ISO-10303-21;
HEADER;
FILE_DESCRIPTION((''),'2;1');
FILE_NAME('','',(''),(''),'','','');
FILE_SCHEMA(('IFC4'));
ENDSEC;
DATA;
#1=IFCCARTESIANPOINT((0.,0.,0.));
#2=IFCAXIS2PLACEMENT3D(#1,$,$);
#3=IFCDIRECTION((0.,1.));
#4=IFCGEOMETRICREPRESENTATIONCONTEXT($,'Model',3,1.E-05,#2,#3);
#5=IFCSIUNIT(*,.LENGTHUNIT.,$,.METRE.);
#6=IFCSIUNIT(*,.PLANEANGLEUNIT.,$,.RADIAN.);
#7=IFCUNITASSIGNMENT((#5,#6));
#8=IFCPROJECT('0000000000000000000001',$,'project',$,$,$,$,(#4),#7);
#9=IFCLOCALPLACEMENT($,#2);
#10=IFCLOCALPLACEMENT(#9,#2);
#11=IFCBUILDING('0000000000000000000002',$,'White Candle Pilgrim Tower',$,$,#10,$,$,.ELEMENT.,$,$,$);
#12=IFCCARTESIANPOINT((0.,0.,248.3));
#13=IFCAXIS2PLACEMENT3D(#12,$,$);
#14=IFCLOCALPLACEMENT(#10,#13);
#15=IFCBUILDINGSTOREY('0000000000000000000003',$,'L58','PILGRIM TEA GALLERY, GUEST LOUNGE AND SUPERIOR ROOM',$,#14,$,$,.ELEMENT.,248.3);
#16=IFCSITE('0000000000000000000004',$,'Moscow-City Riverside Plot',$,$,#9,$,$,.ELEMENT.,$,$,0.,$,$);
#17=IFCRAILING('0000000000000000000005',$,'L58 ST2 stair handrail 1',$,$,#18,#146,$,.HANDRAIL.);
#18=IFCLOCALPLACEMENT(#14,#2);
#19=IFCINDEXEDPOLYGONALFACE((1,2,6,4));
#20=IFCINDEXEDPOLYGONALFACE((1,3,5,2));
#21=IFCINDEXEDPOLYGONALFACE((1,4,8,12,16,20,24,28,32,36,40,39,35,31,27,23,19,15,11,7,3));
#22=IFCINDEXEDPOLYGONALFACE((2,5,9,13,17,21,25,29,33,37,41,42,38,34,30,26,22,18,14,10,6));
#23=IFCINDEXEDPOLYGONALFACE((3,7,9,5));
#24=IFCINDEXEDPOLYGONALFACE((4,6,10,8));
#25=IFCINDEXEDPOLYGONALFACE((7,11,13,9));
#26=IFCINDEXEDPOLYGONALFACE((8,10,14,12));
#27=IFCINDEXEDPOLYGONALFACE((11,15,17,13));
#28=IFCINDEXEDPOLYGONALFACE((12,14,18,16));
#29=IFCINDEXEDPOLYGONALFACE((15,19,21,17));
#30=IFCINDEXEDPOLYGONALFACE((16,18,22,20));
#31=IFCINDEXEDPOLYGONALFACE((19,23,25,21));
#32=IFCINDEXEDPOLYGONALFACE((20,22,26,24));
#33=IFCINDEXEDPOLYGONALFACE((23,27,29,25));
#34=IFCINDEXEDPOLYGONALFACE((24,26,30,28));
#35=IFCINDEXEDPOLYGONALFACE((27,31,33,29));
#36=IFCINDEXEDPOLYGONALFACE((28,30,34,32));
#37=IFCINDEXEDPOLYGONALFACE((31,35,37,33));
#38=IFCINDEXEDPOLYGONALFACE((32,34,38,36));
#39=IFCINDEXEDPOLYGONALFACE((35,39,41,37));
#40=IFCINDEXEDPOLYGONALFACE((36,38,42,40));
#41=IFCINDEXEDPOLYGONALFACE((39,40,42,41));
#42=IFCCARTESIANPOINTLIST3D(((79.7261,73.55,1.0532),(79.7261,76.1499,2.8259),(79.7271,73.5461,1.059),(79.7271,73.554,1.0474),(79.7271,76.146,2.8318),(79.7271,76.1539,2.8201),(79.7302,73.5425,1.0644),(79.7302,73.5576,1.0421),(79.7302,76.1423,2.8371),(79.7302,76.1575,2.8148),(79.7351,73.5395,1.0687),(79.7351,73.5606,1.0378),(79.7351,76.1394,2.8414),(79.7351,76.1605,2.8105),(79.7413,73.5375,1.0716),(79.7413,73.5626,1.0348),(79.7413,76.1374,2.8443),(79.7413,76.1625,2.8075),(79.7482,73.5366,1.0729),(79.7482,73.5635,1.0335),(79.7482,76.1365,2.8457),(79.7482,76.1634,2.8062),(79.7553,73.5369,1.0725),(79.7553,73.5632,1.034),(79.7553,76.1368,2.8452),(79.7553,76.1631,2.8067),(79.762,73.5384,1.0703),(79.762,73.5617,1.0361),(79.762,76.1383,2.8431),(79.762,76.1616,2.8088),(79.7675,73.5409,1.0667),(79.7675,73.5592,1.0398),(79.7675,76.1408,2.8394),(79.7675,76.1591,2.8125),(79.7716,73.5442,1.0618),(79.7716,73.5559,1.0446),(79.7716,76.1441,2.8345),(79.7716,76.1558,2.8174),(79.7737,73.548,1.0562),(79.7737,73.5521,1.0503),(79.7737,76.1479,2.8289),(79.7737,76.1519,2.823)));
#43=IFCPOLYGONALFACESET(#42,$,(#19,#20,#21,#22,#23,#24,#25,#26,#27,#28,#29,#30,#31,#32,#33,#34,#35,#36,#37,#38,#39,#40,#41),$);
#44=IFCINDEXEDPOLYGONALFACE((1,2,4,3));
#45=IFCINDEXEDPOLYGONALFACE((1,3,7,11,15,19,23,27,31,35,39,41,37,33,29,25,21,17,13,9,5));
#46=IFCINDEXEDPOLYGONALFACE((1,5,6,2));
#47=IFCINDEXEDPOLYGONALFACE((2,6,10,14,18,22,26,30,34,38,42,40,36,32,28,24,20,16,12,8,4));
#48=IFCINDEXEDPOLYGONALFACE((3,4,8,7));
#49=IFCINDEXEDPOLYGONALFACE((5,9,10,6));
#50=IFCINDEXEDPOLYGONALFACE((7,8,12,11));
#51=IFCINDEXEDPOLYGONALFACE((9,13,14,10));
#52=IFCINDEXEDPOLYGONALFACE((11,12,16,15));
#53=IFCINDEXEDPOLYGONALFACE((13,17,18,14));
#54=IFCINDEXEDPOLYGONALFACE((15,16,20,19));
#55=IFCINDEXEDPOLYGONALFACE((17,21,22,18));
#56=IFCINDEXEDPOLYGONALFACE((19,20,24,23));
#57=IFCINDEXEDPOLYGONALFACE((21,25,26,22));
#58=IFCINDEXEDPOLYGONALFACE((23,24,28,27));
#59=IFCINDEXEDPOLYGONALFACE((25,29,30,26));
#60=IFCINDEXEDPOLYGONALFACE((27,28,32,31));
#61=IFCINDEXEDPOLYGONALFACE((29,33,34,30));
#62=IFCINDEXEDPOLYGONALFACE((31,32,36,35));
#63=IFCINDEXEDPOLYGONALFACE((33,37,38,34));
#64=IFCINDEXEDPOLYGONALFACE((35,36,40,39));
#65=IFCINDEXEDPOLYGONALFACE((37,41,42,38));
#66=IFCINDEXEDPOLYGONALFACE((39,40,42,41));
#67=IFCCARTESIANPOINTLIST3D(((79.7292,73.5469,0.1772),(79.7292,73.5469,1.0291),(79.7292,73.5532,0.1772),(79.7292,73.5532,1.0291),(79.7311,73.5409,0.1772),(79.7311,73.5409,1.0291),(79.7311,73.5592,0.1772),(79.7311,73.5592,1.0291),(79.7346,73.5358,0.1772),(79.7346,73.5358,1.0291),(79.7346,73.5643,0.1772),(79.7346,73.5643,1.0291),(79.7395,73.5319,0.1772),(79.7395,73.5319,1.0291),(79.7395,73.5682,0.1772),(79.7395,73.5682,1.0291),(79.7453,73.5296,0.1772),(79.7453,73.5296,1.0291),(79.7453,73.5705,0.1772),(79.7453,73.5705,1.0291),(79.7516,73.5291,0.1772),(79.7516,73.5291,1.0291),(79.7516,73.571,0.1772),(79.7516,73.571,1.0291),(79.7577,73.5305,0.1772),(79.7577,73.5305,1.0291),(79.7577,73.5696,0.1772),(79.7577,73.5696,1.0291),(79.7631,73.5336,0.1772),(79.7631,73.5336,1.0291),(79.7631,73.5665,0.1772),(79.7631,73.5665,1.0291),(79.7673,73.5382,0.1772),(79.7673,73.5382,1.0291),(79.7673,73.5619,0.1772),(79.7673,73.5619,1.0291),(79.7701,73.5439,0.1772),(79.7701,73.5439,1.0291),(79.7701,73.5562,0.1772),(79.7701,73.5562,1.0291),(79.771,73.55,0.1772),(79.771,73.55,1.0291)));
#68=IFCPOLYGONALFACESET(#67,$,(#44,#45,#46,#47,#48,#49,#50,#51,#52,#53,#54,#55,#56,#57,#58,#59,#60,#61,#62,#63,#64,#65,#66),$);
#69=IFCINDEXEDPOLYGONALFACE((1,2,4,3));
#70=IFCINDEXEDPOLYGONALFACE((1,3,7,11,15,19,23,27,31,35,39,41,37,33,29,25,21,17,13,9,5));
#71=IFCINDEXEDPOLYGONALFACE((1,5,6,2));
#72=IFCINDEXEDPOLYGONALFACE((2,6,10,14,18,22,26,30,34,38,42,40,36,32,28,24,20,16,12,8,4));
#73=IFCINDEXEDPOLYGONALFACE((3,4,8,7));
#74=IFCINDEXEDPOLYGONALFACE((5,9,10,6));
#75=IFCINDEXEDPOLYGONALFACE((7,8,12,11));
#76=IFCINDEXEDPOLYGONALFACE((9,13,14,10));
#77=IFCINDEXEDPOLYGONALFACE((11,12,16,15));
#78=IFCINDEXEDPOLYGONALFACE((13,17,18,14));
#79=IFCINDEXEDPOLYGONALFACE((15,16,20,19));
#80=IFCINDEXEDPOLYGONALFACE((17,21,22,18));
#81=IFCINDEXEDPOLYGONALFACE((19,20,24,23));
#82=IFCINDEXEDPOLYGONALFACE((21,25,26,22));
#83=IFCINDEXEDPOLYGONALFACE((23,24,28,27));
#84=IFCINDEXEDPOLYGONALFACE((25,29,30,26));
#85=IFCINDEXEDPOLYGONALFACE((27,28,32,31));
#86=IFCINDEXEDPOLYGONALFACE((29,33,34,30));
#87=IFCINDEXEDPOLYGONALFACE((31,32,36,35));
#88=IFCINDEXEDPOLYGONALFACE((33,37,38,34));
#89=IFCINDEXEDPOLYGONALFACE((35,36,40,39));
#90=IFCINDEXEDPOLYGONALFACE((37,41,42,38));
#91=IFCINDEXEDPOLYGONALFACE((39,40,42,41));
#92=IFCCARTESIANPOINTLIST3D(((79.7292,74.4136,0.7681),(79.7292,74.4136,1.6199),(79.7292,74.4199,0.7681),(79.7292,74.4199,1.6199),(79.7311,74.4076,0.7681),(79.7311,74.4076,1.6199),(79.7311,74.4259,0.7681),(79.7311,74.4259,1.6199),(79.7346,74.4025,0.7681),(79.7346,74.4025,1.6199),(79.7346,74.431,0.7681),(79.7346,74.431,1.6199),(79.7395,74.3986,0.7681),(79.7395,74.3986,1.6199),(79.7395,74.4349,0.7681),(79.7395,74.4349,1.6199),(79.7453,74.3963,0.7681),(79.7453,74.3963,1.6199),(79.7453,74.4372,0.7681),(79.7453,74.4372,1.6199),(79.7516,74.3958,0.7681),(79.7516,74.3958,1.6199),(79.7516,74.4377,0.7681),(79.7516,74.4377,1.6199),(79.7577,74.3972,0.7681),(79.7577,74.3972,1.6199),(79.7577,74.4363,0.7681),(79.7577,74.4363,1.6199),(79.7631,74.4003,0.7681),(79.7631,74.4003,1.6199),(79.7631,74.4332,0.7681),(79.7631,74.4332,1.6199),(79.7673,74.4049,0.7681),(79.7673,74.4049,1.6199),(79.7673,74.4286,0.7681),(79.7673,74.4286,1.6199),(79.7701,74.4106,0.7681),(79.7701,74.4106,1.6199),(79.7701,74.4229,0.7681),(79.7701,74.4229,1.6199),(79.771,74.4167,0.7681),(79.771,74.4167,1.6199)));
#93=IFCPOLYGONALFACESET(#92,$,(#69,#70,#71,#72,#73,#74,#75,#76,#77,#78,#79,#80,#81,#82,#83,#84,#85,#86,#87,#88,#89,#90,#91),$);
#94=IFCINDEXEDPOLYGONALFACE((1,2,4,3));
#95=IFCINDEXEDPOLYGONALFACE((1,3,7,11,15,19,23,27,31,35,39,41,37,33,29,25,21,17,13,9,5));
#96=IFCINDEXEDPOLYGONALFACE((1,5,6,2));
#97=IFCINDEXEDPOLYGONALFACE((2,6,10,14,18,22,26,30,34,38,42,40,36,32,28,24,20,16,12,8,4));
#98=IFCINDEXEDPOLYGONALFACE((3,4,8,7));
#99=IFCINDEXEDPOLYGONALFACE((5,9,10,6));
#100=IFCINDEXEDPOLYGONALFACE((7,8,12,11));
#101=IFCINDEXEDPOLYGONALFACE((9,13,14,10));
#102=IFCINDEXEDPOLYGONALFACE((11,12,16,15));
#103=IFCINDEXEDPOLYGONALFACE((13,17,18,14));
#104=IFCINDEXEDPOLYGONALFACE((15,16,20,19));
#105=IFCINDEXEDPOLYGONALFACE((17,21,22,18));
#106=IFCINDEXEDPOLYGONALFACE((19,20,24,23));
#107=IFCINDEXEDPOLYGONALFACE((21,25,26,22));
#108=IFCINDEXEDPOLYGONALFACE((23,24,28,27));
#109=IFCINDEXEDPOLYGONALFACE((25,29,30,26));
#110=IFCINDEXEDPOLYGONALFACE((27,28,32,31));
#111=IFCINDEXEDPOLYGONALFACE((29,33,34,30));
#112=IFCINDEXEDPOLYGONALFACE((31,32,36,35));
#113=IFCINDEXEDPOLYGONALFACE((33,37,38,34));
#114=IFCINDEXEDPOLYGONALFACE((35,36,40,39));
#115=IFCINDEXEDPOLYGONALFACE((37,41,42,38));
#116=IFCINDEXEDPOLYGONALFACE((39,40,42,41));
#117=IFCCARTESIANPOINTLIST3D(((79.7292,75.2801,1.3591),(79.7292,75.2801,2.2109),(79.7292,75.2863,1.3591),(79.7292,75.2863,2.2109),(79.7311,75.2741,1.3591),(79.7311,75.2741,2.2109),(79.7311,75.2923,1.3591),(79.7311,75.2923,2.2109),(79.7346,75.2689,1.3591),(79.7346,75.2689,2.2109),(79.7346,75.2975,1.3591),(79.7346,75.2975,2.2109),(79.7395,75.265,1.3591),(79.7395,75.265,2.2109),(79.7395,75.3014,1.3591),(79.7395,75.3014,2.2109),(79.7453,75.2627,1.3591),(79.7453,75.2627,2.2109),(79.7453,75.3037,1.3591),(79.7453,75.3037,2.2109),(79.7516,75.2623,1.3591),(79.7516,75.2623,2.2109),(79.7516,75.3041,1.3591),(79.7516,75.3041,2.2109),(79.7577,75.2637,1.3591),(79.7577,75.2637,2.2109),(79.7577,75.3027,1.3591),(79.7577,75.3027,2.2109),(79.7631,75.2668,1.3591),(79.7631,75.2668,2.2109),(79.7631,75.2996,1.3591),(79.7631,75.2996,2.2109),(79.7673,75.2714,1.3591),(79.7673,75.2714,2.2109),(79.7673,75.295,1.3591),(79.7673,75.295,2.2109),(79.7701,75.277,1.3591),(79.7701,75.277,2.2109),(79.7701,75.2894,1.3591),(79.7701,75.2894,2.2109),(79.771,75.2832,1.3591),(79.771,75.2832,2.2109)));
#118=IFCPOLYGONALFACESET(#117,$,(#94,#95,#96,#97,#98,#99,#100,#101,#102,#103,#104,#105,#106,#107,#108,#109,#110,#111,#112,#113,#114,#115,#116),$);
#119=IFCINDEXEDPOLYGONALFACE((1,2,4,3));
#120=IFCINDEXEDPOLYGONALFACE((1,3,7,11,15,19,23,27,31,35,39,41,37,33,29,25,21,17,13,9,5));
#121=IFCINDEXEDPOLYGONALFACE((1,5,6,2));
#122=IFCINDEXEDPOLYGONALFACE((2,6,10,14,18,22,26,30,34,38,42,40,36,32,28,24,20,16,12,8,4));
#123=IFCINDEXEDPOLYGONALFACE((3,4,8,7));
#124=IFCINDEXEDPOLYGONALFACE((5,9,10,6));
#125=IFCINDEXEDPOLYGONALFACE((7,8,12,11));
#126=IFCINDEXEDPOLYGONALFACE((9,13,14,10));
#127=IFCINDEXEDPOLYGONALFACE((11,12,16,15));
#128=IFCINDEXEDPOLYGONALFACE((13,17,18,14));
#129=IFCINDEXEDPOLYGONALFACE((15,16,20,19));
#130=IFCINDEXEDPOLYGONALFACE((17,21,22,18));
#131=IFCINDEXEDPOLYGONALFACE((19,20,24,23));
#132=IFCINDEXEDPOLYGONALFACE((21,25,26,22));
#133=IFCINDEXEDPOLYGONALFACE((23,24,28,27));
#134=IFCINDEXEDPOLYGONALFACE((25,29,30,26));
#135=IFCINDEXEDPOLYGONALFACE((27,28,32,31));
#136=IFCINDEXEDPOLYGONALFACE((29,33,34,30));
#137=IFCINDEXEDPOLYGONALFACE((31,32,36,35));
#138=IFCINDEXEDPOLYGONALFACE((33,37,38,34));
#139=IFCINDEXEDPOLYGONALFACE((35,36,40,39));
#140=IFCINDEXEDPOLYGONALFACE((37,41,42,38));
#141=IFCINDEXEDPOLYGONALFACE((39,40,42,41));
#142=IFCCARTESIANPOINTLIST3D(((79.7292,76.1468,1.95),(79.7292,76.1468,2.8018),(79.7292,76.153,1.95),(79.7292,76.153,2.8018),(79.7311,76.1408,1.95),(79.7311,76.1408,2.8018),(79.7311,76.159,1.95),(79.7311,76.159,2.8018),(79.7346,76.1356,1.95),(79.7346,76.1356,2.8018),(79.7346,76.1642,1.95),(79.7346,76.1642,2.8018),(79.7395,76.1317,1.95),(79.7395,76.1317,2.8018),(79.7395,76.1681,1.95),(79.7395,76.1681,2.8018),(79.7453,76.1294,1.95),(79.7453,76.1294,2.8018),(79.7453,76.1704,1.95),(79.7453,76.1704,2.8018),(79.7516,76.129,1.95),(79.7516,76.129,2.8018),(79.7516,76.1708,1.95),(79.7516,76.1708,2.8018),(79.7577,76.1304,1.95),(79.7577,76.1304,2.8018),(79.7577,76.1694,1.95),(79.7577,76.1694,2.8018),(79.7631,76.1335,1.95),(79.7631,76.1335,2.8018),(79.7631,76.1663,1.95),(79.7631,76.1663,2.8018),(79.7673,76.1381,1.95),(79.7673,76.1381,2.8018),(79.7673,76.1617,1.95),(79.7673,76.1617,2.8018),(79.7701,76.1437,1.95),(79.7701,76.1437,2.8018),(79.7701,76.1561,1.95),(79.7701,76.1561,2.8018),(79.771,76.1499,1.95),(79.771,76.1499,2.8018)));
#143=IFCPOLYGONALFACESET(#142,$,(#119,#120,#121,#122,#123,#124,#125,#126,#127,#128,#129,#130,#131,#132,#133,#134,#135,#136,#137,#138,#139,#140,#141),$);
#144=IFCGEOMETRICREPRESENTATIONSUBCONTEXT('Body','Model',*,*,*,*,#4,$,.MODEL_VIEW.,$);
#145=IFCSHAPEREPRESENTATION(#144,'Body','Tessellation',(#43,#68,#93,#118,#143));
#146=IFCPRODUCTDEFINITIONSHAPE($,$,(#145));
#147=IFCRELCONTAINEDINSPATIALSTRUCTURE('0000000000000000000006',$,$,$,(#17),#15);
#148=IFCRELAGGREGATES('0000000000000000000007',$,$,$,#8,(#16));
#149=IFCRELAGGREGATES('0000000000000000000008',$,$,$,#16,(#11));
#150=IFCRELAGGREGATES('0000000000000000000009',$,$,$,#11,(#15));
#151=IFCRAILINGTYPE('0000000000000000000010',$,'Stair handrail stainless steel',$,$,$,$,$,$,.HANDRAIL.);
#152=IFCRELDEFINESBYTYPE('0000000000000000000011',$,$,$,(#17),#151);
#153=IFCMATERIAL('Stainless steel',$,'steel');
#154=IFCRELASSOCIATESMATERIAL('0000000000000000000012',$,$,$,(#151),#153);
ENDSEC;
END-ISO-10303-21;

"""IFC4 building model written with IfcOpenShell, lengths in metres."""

from ifc_helpers import new_model, si_unit, direction, frame, origin, origin_2d, place, context, subcontext, project, spatial, circle, extrude, material, type_object, element, save


model = new_model("IFC4")

# Units and contexts
model_context = context("Model", 3, precision=1e-05, world=origin(), true_north=direction((0.0, 1.0)))
body_context = subcontext(model_context, "Body", "Model", "MODEL_VIEW")
ifc_project = project(units=[si_unit("LENGTHUNIT", "METRE"), si_unit("PLANEANGLEUNIT", "RADIAN")], contexts=[model_context])

# Site, building, storey
site_placement = place(None, origin())
site = spatial("IfcSite", under=ifc_project, at=site_placement, Name="Moscow-City Riverside Plot", CompositionType="ELEMENT", RefElevation=0.0)
building_placement = place(site_placement, origin())
building = spatial("IfcBuilding", under=site, at=building_placement, Name="White Candle Pilgrim Tower", CompositionType="ELEMENT")
storey_placement = place(building_placement, frame((0.0, 0.0, 248.3)))
storey = spatial("IfcBuildingStorey", under=building, at=storey_placement, Name="L58", Description="PILGRIM TEA GALLERY, GUEST LOUNGE AND SUPERIOR ROOM", CompositionType="ELEMENT", Elevation=248.3)

# Railing
ifc_material_1 = material(Name="Stainless steel", Category="steel")
railing_type_1 = type_object("IfcRailingType", Name="Stair handrail stainless steel", PredefinedType="HANDRAIL", material=ifc_material_1)
railing_1_placement = place(storey_placement, frame((79.75, 73.55, 0.1772)))
element("IfcRailing", 1, at=railing_1_placement, inside=storey, type_object=railing_type_1, Name="L58 ST2 stair handrail 1", PredefinedType="HANDRAIL", context=body_context, shape_type="SweptSolid", body=[
    extrude(circle(Radius=0.0239, at=origin_2d()), frame((0.0, 0.0, 0.876), z_axis=(0.0, 0.826216, 0.563354), x_axis=(-1.0, 0.0, 0.0)), (0.0, 0.0, 1.0), 3.1467),
    extrude(circle(Radius=0.021, at=origin_2d()), origin(), (0.0, 0.0, 1.0), 0.8518),
    extrude(circle(Radius=0.021, at=origin_2d()), frame((0.0, 0.8667, 0.5908)), (0.0, 0.0, 1.0), 0.8518),
    extrude(circle(Radius=0.021, at=origin_2d()), frame((0.0, 1.7332, 1.1819)), (0.0, 0.0, 1.0), 0.8518),
    extrude(circle(Radius=0.021, at=origin_2d()), frame((0.0, 2.5999, 1.7727)), (0.0, 0.0, 1.0), 0.8518),
])

save(model, "model.ifc")
